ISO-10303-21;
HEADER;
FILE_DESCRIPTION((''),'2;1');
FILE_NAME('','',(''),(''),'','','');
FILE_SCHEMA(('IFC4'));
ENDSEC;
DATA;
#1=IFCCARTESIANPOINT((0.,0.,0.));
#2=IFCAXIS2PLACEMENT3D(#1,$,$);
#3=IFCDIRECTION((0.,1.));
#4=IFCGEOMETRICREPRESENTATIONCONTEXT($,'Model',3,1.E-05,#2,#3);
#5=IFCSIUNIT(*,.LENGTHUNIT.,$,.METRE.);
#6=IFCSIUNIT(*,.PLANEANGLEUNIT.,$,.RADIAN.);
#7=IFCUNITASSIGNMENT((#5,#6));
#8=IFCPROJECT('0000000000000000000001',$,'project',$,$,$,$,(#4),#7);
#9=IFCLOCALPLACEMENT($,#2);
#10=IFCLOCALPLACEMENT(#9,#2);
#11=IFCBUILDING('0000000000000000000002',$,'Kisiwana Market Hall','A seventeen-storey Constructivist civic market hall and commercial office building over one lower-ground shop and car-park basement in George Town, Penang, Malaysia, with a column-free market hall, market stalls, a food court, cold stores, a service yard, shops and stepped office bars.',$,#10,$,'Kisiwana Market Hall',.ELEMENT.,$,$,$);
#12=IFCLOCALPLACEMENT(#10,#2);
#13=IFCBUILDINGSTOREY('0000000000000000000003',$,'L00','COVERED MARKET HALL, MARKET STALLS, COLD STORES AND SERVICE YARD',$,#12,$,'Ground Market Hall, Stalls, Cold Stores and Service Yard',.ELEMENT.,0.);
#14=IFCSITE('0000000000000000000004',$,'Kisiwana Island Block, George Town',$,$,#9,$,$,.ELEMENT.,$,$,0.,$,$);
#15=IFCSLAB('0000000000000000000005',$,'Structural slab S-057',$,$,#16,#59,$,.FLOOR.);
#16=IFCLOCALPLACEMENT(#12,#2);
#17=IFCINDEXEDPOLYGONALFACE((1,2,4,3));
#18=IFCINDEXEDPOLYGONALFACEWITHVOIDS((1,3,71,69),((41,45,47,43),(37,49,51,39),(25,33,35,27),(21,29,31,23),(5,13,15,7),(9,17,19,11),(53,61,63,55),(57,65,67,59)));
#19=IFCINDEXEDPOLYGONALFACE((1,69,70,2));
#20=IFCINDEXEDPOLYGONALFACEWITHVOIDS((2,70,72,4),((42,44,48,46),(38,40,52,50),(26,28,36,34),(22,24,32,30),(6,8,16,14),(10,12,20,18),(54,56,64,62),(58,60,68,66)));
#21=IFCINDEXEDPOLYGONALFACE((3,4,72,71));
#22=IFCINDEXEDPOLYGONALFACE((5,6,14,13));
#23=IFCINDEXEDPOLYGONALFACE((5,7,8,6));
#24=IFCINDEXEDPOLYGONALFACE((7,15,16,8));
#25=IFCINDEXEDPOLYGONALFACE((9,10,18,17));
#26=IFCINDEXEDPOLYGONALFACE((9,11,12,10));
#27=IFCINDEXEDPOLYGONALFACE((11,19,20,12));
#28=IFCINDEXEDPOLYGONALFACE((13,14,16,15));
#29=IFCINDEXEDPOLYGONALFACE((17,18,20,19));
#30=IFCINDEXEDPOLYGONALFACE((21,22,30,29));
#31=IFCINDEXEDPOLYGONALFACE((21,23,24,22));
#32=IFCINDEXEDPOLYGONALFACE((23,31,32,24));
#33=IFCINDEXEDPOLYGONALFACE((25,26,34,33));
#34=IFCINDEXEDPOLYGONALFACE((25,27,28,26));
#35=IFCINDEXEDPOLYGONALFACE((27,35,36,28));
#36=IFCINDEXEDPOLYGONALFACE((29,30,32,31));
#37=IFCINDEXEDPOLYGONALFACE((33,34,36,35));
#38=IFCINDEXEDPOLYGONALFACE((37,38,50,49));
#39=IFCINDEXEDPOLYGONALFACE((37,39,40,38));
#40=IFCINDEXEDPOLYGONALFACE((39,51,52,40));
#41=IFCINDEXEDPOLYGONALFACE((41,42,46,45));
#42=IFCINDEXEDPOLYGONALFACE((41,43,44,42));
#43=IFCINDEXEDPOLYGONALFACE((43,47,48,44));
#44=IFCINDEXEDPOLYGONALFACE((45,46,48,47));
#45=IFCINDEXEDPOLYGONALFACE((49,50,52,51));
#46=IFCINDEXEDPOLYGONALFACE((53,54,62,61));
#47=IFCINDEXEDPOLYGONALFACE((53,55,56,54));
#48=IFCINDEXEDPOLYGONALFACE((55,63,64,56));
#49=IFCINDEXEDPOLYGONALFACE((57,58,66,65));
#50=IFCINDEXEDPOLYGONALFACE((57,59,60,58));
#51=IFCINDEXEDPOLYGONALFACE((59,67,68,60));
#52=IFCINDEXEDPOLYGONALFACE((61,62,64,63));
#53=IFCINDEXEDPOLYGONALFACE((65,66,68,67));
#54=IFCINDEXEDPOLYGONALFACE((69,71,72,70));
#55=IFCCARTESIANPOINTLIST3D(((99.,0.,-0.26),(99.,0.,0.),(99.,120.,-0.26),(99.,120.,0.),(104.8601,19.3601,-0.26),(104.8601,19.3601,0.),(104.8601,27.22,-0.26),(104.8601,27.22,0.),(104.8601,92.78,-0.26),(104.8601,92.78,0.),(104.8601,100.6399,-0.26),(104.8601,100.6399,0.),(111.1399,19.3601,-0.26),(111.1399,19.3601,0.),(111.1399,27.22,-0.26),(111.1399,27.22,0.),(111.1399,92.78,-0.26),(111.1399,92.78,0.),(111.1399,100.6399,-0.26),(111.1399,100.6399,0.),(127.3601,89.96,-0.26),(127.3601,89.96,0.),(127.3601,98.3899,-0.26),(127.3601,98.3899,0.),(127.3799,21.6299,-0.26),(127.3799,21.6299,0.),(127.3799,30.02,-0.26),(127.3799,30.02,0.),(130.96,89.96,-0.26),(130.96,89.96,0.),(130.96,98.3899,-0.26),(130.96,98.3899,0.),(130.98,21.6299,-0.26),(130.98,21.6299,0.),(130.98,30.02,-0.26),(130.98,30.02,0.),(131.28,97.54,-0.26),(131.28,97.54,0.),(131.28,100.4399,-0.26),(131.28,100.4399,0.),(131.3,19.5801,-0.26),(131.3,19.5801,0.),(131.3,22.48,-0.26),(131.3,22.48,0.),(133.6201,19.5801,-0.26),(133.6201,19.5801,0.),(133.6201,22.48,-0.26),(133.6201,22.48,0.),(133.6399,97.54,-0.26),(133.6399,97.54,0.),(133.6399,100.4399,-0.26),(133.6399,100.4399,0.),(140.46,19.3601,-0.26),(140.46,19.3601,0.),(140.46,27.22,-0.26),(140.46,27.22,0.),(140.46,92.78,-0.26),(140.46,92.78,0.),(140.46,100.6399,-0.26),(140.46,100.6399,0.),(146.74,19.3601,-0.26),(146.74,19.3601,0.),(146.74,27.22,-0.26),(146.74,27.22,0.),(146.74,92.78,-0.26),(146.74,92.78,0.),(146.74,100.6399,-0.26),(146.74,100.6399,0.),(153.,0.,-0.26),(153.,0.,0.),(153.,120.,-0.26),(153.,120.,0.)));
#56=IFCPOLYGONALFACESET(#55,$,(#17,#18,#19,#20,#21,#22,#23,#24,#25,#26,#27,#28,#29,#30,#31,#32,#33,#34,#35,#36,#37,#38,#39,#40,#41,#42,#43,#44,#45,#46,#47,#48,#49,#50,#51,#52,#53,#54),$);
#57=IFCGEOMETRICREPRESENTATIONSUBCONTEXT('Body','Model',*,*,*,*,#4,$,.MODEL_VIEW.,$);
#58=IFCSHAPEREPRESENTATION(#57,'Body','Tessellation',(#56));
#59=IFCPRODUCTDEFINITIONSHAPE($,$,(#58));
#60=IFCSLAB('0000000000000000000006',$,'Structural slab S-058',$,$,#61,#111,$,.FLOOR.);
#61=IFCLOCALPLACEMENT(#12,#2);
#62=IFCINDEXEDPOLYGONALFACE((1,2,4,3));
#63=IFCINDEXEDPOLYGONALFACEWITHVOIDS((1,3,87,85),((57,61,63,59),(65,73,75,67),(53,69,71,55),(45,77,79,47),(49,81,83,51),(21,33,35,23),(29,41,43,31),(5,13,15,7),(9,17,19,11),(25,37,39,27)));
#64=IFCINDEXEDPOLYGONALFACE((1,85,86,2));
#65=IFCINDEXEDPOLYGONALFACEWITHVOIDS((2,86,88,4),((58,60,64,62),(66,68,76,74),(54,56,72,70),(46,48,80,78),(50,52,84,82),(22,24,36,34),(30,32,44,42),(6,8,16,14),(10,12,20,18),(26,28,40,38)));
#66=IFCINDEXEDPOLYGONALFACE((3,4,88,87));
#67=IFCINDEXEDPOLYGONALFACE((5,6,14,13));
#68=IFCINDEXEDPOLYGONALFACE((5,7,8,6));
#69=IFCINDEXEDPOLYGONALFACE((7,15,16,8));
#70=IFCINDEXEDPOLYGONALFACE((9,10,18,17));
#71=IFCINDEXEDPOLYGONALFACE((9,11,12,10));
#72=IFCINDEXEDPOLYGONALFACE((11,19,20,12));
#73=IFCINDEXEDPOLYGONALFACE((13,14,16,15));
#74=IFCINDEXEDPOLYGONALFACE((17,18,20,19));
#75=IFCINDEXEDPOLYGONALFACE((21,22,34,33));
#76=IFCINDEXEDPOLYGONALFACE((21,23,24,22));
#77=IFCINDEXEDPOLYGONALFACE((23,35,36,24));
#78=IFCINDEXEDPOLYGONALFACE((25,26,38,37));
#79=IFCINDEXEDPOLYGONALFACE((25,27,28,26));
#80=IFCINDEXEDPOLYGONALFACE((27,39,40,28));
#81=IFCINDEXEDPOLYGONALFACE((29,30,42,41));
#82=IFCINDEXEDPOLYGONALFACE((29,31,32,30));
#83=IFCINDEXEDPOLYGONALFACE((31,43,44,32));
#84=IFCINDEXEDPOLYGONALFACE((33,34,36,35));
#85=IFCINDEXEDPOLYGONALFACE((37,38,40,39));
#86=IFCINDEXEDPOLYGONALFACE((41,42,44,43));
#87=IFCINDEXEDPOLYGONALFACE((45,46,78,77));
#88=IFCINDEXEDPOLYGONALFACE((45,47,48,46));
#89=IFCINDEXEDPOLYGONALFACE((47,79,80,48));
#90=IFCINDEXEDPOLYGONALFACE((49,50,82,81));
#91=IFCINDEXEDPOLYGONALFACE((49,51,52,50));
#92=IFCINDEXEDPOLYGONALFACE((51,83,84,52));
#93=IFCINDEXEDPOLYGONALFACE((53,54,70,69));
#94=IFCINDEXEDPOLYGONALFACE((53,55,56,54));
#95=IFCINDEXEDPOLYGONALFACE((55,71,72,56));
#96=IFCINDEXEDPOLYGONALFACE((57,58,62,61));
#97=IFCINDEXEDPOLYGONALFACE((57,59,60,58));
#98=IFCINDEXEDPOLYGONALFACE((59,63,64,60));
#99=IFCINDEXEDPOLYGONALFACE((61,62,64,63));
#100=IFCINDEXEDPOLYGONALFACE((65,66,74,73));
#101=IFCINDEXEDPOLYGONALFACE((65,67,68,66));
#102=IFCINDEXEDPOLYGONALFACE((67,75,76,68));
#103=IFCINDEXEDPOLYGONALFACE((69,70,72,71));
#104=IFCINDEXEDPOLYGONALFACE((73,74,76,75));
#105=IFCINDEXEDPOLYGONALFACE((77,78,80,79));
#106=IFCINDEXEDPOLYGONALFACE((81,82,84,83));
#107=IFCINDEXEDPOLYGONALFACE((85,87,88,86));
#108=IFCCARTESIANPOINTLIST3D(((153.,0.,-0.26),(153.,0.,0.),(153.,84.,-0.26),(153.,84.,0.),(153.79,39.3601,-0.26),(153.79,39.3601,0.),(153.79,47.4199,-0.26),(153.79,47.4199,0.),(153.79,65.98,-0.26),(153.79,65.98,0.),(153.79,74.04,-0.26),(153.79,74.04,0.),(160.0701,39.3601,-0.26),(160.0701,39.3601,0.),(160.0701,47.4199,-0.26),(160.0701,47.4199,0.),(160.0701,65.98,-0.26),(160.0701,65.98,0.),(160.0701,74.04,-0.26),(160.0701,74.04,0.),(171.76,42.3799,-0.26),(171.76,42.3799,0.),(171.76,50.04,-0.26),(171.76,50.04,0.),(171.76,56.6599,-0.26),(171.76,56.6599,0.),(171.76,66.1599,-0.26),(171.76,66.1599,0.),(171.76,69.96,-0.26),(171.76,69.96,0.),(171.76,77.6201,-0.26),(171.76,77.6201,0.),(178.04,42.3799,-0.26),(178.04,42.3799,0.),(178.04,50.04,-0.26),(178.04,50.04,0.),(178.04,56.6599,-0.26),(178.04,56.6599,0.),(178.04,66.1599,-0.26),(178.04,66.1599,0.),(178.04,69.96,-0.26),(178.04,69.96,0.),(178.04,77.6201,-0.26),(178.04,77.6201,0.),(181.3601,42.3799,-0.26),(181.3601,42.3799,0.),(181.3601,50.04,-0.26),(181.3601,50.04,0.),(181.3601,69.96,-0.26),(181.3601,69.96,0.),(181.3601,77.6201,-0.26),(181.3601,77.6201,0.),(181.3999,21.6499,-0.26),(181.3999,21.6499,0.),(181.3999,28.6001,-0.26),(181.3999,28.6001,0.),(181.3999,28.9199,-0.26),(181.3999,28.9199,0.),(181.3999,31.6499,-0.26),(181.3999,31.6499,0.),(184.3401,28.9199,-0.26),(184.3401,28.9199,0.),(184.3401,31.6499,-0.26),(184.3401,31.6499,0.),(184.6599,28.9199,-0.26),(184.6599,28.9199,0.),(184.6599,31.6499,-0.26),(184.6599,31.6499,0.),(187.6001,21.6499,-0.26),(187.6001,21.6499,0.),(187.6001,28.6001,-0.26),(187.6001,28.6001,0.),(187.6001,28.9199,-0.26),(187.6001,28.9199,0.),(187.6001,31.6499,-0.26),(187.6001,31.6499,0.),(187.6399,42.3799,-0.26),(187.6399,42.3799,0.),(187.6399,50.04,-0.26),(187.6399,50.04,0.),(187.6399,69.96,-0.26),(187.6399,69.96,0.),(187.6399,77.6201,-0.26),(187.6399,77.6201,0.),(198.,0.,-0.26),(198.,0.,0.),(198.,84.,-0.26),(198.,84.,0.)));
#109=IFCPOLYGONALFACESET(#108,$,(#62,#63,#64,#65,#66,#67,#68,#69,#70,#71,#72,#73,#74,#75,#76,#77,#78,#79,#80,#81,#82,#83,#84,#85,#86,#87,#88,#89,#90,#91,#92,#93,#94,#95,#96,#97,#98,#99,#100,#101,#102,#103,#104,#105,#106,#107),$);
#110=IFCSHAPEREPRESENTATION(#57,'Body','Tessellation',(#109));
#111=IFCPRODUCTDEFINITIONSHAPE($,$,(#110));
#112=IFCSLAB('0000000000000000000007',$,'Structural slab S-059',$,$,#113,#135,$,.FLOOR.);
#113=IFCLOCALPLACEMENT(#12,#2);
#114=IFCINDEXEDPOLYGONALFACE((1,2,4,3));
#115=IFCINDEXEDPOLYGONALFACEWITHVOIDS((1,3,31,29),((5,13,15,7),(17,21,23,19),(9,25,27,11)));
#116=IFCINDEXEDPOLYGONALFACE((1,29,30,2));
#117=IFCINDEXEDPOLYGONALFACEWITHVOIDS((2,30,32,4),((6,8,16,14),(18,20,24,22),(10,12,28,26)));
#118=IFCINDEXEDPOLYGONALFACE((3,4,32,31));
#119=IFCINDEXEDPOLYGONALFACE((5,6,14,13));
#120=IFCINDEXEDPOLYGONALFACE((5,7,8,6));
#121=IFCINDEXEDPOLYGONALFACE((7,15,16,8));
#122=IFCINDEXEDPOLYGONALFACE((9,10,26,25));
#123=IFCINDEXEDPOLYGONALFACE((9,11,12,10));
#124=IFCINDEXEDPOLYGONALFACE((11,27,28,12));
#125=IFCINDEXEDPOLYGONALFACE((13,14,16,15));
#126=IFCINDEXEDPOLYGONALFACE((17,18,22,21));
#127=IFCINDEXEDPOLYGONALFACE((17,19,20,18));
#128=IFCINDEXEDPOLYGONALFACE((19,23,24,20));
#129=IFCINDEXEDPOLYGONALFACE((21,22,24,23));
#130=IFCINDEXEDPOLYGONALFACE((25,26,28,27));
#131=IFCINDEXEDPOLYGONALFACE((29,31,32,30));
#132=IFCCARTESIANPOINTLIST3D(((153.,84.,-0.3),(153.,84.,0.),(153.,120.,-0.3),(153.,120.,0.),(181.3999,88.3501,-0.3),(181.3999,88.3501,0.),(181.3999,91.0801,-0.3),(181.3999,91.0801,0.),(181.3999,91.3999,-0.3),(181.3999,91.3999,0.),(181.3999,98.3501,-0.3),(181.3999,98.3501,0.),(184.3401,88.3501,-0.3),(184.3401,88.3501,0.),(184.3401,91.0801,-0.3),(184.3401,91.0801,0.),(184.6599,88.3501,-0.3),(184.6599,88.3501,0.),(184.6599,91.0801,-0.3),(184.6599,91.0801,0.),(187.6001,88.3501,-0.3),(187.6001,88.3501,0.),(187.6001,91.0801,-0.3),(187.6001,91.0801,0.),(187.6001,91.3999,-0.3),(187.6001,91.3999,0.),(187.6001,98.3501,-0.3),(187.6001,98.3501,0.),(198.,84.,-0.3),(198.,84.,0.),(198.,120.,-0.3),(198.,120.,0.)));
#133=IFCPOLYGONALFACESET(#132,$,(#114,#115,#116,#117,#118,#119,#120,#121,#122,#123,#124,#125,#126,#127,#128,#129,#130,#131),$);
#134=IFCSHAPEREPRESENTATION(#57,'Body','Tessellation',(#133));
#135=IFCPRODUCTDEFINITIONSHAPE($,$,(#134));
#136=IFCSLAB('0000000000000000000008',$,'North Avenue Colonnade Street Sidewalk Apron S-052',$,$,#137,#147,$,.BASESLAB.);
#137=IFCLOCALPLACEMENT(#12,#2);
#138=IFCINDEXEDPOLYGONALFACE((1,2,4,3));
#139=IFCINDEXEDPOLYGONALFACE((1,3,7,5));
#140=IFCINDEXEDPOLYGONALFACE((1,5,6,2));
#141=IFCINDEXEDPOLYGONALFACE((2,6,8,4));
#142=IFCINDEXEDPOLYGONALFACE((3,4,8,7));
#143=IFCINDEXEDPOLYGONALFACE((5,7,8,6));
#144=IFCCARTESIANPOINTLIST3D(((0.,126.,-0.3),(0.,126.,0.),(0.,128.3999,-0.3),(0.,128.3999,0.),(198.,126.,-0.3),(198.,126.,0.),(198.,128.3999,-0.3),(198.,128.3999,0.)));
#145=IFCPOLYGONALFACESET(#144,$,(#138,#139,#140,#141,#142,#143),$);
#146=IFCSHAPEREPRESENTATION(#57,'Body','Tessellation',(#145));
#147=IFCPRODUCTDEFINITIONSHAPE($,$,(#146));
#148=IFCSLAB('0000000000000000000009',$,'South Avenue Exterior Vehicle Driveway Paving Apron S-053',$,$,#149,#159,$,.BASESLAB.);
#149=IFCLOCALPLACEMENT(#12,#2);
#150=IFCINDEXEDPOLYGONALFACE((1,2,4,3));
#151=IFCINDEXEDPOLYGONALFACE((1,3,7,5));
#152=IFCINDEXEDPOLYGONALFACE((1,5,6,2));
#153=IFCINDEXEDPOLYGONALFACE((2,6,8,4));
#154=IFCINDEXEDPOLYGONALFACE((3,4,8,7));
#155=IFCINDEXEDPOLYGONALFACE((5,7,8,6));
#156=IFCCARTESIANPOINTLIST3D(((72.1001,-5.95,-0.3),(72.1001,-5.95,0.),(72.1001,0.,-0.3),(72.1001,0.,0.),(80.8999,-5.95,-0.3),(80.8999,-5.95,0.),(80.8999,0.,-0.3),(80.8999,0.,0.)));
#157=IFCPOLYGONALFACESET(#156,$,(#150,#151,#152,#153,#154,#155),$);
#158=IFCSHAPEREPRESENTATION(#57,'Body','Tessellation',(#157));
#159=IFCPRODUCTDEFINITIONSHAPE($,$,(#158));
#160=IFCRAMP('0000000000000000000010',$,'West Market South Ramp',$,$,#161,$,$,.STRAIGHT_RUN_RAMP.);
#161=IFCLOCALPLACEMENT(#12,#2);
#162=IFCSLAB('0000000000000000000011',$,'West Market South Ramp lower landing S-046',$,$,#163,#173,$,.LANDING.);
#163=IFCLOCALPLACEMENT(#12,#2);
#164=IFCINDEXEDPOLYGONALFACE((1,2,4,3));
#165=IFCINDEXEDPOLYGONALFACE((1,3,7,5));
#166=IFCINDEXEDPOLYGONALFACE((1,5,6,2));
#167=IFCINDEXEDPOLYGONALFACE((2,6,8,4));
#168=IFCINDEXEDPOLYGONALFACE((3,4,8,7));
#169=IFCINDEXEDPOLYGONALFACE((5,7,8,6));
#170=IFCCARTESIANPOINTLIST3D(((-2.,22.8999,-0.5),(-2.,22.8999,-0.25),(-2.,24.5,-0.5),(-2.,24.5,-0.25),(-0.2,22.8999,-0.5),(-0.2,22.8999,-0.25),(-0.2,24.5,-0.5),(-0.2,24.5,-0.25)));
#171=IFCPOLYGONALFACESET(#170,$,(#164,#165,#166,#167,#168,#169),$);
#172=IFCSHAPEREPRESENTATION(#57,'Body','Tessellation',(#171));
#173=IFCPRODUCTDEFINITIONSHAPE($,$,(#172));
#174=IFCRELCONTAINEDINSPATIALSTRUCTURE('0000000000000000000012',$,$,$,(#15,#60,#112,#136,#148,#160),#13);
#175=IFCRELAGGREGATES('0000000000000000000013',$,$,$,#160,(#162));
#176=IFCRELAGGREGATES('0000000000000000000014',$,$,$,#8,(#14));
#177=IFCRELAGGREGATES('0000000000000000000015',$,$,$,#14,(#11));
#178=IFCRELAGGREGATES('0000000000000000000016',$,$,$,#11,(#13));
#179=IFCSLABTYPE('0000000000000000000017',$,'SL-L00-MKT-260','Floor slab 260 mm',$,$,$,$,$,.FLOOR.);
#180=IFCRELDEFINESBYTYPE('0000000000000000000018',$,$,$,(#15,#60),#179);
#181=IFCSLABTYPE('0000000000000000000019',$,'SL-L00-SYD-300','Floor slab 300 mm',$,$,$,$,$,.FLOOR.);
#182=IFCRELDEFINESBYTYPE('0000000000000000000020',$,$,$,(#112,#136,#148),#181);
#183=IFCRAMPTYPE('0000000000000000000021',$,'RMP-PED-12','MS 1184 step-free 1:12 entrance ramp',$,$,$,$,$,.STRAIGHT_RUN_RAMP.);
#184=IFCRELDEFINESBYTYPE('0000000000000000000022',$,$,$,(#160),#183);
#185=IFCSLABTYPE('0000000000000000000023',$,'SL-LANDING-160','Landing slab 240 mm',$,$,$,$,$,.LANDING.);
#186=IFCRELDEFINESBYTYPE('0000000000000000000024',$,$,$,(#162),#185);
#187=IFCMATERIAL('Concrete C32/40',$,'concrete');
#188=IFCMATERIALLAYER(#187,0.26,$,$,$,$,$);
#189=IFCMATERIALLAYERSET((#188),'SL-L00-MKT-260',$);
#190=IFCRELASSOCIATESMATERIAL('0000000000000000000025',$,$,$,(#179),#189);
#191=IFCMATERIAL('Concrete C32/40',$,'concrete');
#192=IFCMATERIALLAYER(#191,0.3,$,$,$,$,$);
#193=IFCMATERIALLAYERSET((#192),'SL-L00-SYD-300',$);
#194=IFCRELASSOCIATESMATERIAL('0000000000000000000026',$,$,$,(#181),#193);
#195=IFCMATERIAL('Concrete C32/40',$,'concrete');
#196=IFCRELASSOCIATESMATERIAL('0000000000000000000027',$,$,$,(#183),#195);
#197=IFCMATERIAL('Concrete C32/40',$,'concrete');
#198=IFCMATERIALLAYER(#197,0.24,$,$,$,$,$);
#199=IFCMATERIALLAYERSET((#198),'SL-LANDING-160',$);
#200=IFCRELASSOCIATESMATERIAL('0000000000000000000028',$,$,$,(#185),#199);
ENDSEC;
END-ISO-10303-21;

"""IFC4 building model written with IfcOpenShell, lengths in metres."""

from ifc_helpers import new_model, si_unit, direction, frame, origin, place, context, subcontext, project, spatial, polyline, outline, extrude, material, layer, layer_set, type_object, element, aggregate, save


model = new_model("IFC4")

# Units and contexts
model_context = context("Model", 3, precision=1e-05, world=origin(), true_north=direction((0.0, 1.0)))
body_context = subcontext(model_context, "Body", "Model", "MODEL_VIEW")
ifc_project = project(units=[si_unit("LENGTHUNIT", "METRE"), si_unit("PLANEANGLEUNIT", "RADIAN")], contexts=[model_context])

# Site, building, storey
site_placement = place(None, origin())
site = spatial("IfcSite", under=ifc_project, at=site_placement, Name="Kisiwana Island Block, George Town", CompositionType="ELEMENT", RefElevation=0.0)
building_placement = place(site_placement, origin())
building = spatial("IfcBuilding", under=site, at=building_placement, Name="Kisiwana Market Hall", Description="A seventeen-storey Constructivist civic market hall and commercial office building over one lower-ground shop and car-park basement in George Town, Penang, Malaysia, with a column-free market hall, market stalls, a food court, cold stores, a service yard, shops and stepped office bars.", LongName="Kisiwana Market Hall", CompositionType="ELEMENT")
storey_placement = place(building_placement, origin())
storey = spatial("IfcBuildingStorey", under=building, at=storey_placement, Name="L00", Description="COVERED MARKET HALL, MARKET STALLS, COLD STORES AND SERVICE YARD", LongName="Ground Market Hall, Stalls, Cold Stores and Service Yard", CompositionType="ELEMENT", Elevation=0.0)

# Slabs
ifc_material_1 = material(Name="Concrete C32/40", Category="concrete")
ifc_layer_1 = layer(ifc_material_1, 0.26)
ifc_layer_set_1 = layer_set([ifc_layer_1], Name="SL-L00-MKT-260")
slab_type_1 = type_object("IfcSlabType", Name="SL-L00-MKT-260", Description="Floor slab 260 mm", PredefinedType="FLOOR", material=ifc_layer_set_1)
slab_1_placement = place(storey_placement, frame((0.0, 0.0, -0.26)))
element("IfcSlab", 1, at=slab_1_placement, inside=storey, type_object=slab_type_1, Name="Structural slab S-057", PredefinedType="FLOOR", context=body_context, shape_type="SweptSolid", body=[
    extrude(outline(polyline([(99.0, 0.0), (153.0, 0.0), (153.0, 120.0), (99.0, 120.0), (99.0, 0.0)]), holes=[polyline([(127.3799, 21.6299), (130.98, 21.6299), (130.98, 30.02), (127.3799, 30.02), (127.3799, 21.6299)]), polyline([(131.3, 19.5801), (133.6201, 19.5801), (133.6201, 22.48), (131.3, 22.48), (131.3, 19.5801)]), polyline([(127.3601, 89.96), (130.96, 89.96), (130.96, 98.3899), (127.3601, 98.3899), (127.3601, 89.96)]), polyline([(131.28, 97.54), (133.6399, 97.54), (133.6399, 100.4399), (131.28, 100.4399), (131.28, 97.54)]), polyline([(104.8601, 19.3601), (111.1399, 19.3601), (111.1399, 27.22), (104.8601, 27.22), (104.8601, 19.3601)]), polyline([(104.8601, 92.78), (111.1399, 92.78), (111.1399, 100.6399), (104.8601, 100.6399), (104.8601, 92.78)]), polyline([(140.46, 19.3601), (146.74, 19.3601), (146.74, 27.22), (140.46, 27.22), (140.46, 19.3601)]), polyline([(140.46, 92.78), (146.74, 92.78), (146.74, 100.6399), (140.46, 100.6399), (140.46, 92.78)])]), origin(), (0.0, 0.0, 1.0), 0.26),
])
slab_2_placement = place(storey_placement, frame((0.0, 0.0, -0.26)))
element("IfcSlab", 2, at=slab_2_placement, inside=storey, type_object=slab_type_1, Name="Structural slab S-058", PredefinedType="FLOOR", context=body_context, shape_type="SweptSolid", body=[
    extrude(outline(polyline([(153.0, 0.0), (198.0, 0.0), (198.0, 84.0), (153.0, 84.0), (153.0, 0.0)]), holes=[polyline([(181.3999, 21.6499), (187.6001, 21.6499), (187.6001, 28.6001), (181.3999, 28.6001), (181.3999, 21.6499)]), polyline([(181.3999, 28.9199), (184.3401, 28.9199), (184.3401, 31.6499), (181.3999, 31.6499), (181.3999, 28.9199)]), polyline([(184.6599, 28.9199), (187.6001, 28.9199), (187.6001, 31.6499), (184.6599, 31.6499), (184.6599, 28.9199)]), polyline([(181.3601, 42.3799), (187.6399, 42.3799), (187.6399, 50.04), (181.3601, 50.04), (181.3601, 42.3799)]), polyline([(181.3601, 69.96), (187.6399, 69.96), (187.6399, 77.6201), (181.3601, 77.6201), (181.3601, 69.96)]), polyline([(171.76, 42.3799), (178.04, 42.3799), (178.04, 50.04), (171.76, 50.04), (171.76, 42.3799)]), polyline([(171.76, 69.96), (178.04, 69.96), (178.04, 77.6201), (171.76, 77.6201), (171.76, 69.96)]), polyline([(153.79, 39.3601), (160.0701, 39.3601), (160.0701, 47.4199), (153.79, 47.4199), (153.79, 39.3601)]), polyline([(153.79, 65.98), (160.0701, 65.98), (160.0701, 74.04), (153.79, 74.04), (153.79, 65.98)]), polyline([(171.76, 56.6599), (178.04, 56.6599), (178.04, 66.1599), (171.76, 66.1599), (171.76, 56.6599)])]), origin(), (0.0, 0.0, 1.0), 0.26),
])
ifc_material_2 = material(Name="Concrete C32/40", Category="concrete")
ifc_layer_2 = layer(ifc_material_2, 0.3)
ifc_layer_set_2 = layer_set([ifc_layer_2], Name="SL-L00-SYD-300")
slab_type_2 = type_object("IfcSlabType", Name="SL-L00-SYD-300", Description="Floor slab 300 mm", PredefinedType="FLOOR", material=ifc_layer_set_2)
slab_3_placement = place(storey_placement, frame((0.0, 0.0, -0.3)))
element("IfcSlab", 3, at=slab_3_placement, inside=storey, type_object=slab_type_2, Name="Structural slab S-059", PredefinedType="FLOOR", context=body_context, shape_type="SweptSolid", body=[
    extrude(outline(polyline([(153.0, 84.0), (198.0, 84.0), (198.0, 120.0), (153.0, 120.0), (153.0, 84.0)]), holes=[polyline([(181.3999, 91.3999), (187.6001, 91.3999), (187.6001, 98.3501), (181.3999, 98.3501), (181.3999, 91.3999)]), polyline([(181.3999, 88.3501), (184.3401, 88.3501), (184.3401, 91.0801), (181.3999, 91.0801), (181.3999, 88.3501)]), polyline([(184.6599, 88.3501), (187.6001, 88.3501), (187.6001, 91.0801), (184.6599, 91.0801), (184.6599, 88.3501)])]), origin(), (0.0, 0.0, 1.0), 0.3),
])
slab_4_placement = place(storey_placement, frame((0.0, 0.0, -0.3)))
element("IfcSlab", 4, at=slab_4_placement, inside=storey, type_object=slab_type_2, Name="North Avenue Colonnade Street Sidewalk Apron S-052", PredefinedType="BASESLAB", context=body_context, shape_type="SweptSolid", body=[
    extrude(outline(polyline([(0.0, 126.0), (198.0, 126.0), (198.0, 128.3999), (0.0, 128.3999), (0.0, 126.0)])), origin(), (0.0, 0.0, 1.0), 0.3),
])
slab_5_placement = place(storey_placement, frame((0.0, 0.0, -0.3)))
element("IfcSlab", 5, at=slab_5_placement, inside=storey, type_object=slab_type_2, Name="South Avenue Exterior Vehicle Driveway Paving Apron S-053", PredefinedType="BASESLAB", context=body_context, shape_type="SweptSolid", body=[
    extrude(outline(polyline([(72.1001, -5.95), (80.8999, -5.95), (80.8999, 0.0), (72.1001, 0.0), (72.1001, -5.95)])), origin(), (0.0, 0.0, 1.0), 0.3),
])

# Ramp, slab
ifc_material_3 = material(Name="Concrete C32/40", Category="concrete")
ramp_type = type_object("IfcRampType", Name="RMP-PED-12", Description="MS 1184 step-free 1:12 entrance ramp", PredefinedType="STRAIGHT_RUN_RAMP", material=ifc_material_3)
ramp_1_placement = place(storey_placement, origin())
ramp_1 = element("IfcRamp", 6, at=ramp_1_placement, inside=storey, type_object=ramp_type, Name="West Market South Ramp", PredefinedType="STRAIGHT_RUN_RAMP")
ifc_material_4 = material(Name="Concrete C32/40", Category="concrete")
ifc_layer_3 = layer(ifc_material_4, 0.24)
ifc_layer_set_3 = layer_set([ifc_layer_3], Name="SL-LANDING-160")
slab_type_3 = type_object("IfcSlabType", Name="SL-LANDING-160", Description="Landing slab 240 mm", PredefinedType="LANDING", material=ifc_layer_set_3)
slab_6_placement = place(storey_placement, frame((0.0, 0.0, -0.5)))
slab_6 = element("IfcSlab", 7, at=slab_6_placement, type_object=slab_type_3, Name="West Market South Ramp lower landing S-046", PredefinedType="LANDING", context=body_context, shape_type="SweptSolid", body=[
    extrude(outline(polyline([(-2.0, 22.8999), (-0.2, 22.8999), (-0.2, 24.5), (-2.0, 24.5), (-2.0, 22.8999)])), origin(), (0.0, 0.0, 1.0), 0.25),
])
aggregate(ramp_1, [slab_6])

save(model, "model.ifc")
